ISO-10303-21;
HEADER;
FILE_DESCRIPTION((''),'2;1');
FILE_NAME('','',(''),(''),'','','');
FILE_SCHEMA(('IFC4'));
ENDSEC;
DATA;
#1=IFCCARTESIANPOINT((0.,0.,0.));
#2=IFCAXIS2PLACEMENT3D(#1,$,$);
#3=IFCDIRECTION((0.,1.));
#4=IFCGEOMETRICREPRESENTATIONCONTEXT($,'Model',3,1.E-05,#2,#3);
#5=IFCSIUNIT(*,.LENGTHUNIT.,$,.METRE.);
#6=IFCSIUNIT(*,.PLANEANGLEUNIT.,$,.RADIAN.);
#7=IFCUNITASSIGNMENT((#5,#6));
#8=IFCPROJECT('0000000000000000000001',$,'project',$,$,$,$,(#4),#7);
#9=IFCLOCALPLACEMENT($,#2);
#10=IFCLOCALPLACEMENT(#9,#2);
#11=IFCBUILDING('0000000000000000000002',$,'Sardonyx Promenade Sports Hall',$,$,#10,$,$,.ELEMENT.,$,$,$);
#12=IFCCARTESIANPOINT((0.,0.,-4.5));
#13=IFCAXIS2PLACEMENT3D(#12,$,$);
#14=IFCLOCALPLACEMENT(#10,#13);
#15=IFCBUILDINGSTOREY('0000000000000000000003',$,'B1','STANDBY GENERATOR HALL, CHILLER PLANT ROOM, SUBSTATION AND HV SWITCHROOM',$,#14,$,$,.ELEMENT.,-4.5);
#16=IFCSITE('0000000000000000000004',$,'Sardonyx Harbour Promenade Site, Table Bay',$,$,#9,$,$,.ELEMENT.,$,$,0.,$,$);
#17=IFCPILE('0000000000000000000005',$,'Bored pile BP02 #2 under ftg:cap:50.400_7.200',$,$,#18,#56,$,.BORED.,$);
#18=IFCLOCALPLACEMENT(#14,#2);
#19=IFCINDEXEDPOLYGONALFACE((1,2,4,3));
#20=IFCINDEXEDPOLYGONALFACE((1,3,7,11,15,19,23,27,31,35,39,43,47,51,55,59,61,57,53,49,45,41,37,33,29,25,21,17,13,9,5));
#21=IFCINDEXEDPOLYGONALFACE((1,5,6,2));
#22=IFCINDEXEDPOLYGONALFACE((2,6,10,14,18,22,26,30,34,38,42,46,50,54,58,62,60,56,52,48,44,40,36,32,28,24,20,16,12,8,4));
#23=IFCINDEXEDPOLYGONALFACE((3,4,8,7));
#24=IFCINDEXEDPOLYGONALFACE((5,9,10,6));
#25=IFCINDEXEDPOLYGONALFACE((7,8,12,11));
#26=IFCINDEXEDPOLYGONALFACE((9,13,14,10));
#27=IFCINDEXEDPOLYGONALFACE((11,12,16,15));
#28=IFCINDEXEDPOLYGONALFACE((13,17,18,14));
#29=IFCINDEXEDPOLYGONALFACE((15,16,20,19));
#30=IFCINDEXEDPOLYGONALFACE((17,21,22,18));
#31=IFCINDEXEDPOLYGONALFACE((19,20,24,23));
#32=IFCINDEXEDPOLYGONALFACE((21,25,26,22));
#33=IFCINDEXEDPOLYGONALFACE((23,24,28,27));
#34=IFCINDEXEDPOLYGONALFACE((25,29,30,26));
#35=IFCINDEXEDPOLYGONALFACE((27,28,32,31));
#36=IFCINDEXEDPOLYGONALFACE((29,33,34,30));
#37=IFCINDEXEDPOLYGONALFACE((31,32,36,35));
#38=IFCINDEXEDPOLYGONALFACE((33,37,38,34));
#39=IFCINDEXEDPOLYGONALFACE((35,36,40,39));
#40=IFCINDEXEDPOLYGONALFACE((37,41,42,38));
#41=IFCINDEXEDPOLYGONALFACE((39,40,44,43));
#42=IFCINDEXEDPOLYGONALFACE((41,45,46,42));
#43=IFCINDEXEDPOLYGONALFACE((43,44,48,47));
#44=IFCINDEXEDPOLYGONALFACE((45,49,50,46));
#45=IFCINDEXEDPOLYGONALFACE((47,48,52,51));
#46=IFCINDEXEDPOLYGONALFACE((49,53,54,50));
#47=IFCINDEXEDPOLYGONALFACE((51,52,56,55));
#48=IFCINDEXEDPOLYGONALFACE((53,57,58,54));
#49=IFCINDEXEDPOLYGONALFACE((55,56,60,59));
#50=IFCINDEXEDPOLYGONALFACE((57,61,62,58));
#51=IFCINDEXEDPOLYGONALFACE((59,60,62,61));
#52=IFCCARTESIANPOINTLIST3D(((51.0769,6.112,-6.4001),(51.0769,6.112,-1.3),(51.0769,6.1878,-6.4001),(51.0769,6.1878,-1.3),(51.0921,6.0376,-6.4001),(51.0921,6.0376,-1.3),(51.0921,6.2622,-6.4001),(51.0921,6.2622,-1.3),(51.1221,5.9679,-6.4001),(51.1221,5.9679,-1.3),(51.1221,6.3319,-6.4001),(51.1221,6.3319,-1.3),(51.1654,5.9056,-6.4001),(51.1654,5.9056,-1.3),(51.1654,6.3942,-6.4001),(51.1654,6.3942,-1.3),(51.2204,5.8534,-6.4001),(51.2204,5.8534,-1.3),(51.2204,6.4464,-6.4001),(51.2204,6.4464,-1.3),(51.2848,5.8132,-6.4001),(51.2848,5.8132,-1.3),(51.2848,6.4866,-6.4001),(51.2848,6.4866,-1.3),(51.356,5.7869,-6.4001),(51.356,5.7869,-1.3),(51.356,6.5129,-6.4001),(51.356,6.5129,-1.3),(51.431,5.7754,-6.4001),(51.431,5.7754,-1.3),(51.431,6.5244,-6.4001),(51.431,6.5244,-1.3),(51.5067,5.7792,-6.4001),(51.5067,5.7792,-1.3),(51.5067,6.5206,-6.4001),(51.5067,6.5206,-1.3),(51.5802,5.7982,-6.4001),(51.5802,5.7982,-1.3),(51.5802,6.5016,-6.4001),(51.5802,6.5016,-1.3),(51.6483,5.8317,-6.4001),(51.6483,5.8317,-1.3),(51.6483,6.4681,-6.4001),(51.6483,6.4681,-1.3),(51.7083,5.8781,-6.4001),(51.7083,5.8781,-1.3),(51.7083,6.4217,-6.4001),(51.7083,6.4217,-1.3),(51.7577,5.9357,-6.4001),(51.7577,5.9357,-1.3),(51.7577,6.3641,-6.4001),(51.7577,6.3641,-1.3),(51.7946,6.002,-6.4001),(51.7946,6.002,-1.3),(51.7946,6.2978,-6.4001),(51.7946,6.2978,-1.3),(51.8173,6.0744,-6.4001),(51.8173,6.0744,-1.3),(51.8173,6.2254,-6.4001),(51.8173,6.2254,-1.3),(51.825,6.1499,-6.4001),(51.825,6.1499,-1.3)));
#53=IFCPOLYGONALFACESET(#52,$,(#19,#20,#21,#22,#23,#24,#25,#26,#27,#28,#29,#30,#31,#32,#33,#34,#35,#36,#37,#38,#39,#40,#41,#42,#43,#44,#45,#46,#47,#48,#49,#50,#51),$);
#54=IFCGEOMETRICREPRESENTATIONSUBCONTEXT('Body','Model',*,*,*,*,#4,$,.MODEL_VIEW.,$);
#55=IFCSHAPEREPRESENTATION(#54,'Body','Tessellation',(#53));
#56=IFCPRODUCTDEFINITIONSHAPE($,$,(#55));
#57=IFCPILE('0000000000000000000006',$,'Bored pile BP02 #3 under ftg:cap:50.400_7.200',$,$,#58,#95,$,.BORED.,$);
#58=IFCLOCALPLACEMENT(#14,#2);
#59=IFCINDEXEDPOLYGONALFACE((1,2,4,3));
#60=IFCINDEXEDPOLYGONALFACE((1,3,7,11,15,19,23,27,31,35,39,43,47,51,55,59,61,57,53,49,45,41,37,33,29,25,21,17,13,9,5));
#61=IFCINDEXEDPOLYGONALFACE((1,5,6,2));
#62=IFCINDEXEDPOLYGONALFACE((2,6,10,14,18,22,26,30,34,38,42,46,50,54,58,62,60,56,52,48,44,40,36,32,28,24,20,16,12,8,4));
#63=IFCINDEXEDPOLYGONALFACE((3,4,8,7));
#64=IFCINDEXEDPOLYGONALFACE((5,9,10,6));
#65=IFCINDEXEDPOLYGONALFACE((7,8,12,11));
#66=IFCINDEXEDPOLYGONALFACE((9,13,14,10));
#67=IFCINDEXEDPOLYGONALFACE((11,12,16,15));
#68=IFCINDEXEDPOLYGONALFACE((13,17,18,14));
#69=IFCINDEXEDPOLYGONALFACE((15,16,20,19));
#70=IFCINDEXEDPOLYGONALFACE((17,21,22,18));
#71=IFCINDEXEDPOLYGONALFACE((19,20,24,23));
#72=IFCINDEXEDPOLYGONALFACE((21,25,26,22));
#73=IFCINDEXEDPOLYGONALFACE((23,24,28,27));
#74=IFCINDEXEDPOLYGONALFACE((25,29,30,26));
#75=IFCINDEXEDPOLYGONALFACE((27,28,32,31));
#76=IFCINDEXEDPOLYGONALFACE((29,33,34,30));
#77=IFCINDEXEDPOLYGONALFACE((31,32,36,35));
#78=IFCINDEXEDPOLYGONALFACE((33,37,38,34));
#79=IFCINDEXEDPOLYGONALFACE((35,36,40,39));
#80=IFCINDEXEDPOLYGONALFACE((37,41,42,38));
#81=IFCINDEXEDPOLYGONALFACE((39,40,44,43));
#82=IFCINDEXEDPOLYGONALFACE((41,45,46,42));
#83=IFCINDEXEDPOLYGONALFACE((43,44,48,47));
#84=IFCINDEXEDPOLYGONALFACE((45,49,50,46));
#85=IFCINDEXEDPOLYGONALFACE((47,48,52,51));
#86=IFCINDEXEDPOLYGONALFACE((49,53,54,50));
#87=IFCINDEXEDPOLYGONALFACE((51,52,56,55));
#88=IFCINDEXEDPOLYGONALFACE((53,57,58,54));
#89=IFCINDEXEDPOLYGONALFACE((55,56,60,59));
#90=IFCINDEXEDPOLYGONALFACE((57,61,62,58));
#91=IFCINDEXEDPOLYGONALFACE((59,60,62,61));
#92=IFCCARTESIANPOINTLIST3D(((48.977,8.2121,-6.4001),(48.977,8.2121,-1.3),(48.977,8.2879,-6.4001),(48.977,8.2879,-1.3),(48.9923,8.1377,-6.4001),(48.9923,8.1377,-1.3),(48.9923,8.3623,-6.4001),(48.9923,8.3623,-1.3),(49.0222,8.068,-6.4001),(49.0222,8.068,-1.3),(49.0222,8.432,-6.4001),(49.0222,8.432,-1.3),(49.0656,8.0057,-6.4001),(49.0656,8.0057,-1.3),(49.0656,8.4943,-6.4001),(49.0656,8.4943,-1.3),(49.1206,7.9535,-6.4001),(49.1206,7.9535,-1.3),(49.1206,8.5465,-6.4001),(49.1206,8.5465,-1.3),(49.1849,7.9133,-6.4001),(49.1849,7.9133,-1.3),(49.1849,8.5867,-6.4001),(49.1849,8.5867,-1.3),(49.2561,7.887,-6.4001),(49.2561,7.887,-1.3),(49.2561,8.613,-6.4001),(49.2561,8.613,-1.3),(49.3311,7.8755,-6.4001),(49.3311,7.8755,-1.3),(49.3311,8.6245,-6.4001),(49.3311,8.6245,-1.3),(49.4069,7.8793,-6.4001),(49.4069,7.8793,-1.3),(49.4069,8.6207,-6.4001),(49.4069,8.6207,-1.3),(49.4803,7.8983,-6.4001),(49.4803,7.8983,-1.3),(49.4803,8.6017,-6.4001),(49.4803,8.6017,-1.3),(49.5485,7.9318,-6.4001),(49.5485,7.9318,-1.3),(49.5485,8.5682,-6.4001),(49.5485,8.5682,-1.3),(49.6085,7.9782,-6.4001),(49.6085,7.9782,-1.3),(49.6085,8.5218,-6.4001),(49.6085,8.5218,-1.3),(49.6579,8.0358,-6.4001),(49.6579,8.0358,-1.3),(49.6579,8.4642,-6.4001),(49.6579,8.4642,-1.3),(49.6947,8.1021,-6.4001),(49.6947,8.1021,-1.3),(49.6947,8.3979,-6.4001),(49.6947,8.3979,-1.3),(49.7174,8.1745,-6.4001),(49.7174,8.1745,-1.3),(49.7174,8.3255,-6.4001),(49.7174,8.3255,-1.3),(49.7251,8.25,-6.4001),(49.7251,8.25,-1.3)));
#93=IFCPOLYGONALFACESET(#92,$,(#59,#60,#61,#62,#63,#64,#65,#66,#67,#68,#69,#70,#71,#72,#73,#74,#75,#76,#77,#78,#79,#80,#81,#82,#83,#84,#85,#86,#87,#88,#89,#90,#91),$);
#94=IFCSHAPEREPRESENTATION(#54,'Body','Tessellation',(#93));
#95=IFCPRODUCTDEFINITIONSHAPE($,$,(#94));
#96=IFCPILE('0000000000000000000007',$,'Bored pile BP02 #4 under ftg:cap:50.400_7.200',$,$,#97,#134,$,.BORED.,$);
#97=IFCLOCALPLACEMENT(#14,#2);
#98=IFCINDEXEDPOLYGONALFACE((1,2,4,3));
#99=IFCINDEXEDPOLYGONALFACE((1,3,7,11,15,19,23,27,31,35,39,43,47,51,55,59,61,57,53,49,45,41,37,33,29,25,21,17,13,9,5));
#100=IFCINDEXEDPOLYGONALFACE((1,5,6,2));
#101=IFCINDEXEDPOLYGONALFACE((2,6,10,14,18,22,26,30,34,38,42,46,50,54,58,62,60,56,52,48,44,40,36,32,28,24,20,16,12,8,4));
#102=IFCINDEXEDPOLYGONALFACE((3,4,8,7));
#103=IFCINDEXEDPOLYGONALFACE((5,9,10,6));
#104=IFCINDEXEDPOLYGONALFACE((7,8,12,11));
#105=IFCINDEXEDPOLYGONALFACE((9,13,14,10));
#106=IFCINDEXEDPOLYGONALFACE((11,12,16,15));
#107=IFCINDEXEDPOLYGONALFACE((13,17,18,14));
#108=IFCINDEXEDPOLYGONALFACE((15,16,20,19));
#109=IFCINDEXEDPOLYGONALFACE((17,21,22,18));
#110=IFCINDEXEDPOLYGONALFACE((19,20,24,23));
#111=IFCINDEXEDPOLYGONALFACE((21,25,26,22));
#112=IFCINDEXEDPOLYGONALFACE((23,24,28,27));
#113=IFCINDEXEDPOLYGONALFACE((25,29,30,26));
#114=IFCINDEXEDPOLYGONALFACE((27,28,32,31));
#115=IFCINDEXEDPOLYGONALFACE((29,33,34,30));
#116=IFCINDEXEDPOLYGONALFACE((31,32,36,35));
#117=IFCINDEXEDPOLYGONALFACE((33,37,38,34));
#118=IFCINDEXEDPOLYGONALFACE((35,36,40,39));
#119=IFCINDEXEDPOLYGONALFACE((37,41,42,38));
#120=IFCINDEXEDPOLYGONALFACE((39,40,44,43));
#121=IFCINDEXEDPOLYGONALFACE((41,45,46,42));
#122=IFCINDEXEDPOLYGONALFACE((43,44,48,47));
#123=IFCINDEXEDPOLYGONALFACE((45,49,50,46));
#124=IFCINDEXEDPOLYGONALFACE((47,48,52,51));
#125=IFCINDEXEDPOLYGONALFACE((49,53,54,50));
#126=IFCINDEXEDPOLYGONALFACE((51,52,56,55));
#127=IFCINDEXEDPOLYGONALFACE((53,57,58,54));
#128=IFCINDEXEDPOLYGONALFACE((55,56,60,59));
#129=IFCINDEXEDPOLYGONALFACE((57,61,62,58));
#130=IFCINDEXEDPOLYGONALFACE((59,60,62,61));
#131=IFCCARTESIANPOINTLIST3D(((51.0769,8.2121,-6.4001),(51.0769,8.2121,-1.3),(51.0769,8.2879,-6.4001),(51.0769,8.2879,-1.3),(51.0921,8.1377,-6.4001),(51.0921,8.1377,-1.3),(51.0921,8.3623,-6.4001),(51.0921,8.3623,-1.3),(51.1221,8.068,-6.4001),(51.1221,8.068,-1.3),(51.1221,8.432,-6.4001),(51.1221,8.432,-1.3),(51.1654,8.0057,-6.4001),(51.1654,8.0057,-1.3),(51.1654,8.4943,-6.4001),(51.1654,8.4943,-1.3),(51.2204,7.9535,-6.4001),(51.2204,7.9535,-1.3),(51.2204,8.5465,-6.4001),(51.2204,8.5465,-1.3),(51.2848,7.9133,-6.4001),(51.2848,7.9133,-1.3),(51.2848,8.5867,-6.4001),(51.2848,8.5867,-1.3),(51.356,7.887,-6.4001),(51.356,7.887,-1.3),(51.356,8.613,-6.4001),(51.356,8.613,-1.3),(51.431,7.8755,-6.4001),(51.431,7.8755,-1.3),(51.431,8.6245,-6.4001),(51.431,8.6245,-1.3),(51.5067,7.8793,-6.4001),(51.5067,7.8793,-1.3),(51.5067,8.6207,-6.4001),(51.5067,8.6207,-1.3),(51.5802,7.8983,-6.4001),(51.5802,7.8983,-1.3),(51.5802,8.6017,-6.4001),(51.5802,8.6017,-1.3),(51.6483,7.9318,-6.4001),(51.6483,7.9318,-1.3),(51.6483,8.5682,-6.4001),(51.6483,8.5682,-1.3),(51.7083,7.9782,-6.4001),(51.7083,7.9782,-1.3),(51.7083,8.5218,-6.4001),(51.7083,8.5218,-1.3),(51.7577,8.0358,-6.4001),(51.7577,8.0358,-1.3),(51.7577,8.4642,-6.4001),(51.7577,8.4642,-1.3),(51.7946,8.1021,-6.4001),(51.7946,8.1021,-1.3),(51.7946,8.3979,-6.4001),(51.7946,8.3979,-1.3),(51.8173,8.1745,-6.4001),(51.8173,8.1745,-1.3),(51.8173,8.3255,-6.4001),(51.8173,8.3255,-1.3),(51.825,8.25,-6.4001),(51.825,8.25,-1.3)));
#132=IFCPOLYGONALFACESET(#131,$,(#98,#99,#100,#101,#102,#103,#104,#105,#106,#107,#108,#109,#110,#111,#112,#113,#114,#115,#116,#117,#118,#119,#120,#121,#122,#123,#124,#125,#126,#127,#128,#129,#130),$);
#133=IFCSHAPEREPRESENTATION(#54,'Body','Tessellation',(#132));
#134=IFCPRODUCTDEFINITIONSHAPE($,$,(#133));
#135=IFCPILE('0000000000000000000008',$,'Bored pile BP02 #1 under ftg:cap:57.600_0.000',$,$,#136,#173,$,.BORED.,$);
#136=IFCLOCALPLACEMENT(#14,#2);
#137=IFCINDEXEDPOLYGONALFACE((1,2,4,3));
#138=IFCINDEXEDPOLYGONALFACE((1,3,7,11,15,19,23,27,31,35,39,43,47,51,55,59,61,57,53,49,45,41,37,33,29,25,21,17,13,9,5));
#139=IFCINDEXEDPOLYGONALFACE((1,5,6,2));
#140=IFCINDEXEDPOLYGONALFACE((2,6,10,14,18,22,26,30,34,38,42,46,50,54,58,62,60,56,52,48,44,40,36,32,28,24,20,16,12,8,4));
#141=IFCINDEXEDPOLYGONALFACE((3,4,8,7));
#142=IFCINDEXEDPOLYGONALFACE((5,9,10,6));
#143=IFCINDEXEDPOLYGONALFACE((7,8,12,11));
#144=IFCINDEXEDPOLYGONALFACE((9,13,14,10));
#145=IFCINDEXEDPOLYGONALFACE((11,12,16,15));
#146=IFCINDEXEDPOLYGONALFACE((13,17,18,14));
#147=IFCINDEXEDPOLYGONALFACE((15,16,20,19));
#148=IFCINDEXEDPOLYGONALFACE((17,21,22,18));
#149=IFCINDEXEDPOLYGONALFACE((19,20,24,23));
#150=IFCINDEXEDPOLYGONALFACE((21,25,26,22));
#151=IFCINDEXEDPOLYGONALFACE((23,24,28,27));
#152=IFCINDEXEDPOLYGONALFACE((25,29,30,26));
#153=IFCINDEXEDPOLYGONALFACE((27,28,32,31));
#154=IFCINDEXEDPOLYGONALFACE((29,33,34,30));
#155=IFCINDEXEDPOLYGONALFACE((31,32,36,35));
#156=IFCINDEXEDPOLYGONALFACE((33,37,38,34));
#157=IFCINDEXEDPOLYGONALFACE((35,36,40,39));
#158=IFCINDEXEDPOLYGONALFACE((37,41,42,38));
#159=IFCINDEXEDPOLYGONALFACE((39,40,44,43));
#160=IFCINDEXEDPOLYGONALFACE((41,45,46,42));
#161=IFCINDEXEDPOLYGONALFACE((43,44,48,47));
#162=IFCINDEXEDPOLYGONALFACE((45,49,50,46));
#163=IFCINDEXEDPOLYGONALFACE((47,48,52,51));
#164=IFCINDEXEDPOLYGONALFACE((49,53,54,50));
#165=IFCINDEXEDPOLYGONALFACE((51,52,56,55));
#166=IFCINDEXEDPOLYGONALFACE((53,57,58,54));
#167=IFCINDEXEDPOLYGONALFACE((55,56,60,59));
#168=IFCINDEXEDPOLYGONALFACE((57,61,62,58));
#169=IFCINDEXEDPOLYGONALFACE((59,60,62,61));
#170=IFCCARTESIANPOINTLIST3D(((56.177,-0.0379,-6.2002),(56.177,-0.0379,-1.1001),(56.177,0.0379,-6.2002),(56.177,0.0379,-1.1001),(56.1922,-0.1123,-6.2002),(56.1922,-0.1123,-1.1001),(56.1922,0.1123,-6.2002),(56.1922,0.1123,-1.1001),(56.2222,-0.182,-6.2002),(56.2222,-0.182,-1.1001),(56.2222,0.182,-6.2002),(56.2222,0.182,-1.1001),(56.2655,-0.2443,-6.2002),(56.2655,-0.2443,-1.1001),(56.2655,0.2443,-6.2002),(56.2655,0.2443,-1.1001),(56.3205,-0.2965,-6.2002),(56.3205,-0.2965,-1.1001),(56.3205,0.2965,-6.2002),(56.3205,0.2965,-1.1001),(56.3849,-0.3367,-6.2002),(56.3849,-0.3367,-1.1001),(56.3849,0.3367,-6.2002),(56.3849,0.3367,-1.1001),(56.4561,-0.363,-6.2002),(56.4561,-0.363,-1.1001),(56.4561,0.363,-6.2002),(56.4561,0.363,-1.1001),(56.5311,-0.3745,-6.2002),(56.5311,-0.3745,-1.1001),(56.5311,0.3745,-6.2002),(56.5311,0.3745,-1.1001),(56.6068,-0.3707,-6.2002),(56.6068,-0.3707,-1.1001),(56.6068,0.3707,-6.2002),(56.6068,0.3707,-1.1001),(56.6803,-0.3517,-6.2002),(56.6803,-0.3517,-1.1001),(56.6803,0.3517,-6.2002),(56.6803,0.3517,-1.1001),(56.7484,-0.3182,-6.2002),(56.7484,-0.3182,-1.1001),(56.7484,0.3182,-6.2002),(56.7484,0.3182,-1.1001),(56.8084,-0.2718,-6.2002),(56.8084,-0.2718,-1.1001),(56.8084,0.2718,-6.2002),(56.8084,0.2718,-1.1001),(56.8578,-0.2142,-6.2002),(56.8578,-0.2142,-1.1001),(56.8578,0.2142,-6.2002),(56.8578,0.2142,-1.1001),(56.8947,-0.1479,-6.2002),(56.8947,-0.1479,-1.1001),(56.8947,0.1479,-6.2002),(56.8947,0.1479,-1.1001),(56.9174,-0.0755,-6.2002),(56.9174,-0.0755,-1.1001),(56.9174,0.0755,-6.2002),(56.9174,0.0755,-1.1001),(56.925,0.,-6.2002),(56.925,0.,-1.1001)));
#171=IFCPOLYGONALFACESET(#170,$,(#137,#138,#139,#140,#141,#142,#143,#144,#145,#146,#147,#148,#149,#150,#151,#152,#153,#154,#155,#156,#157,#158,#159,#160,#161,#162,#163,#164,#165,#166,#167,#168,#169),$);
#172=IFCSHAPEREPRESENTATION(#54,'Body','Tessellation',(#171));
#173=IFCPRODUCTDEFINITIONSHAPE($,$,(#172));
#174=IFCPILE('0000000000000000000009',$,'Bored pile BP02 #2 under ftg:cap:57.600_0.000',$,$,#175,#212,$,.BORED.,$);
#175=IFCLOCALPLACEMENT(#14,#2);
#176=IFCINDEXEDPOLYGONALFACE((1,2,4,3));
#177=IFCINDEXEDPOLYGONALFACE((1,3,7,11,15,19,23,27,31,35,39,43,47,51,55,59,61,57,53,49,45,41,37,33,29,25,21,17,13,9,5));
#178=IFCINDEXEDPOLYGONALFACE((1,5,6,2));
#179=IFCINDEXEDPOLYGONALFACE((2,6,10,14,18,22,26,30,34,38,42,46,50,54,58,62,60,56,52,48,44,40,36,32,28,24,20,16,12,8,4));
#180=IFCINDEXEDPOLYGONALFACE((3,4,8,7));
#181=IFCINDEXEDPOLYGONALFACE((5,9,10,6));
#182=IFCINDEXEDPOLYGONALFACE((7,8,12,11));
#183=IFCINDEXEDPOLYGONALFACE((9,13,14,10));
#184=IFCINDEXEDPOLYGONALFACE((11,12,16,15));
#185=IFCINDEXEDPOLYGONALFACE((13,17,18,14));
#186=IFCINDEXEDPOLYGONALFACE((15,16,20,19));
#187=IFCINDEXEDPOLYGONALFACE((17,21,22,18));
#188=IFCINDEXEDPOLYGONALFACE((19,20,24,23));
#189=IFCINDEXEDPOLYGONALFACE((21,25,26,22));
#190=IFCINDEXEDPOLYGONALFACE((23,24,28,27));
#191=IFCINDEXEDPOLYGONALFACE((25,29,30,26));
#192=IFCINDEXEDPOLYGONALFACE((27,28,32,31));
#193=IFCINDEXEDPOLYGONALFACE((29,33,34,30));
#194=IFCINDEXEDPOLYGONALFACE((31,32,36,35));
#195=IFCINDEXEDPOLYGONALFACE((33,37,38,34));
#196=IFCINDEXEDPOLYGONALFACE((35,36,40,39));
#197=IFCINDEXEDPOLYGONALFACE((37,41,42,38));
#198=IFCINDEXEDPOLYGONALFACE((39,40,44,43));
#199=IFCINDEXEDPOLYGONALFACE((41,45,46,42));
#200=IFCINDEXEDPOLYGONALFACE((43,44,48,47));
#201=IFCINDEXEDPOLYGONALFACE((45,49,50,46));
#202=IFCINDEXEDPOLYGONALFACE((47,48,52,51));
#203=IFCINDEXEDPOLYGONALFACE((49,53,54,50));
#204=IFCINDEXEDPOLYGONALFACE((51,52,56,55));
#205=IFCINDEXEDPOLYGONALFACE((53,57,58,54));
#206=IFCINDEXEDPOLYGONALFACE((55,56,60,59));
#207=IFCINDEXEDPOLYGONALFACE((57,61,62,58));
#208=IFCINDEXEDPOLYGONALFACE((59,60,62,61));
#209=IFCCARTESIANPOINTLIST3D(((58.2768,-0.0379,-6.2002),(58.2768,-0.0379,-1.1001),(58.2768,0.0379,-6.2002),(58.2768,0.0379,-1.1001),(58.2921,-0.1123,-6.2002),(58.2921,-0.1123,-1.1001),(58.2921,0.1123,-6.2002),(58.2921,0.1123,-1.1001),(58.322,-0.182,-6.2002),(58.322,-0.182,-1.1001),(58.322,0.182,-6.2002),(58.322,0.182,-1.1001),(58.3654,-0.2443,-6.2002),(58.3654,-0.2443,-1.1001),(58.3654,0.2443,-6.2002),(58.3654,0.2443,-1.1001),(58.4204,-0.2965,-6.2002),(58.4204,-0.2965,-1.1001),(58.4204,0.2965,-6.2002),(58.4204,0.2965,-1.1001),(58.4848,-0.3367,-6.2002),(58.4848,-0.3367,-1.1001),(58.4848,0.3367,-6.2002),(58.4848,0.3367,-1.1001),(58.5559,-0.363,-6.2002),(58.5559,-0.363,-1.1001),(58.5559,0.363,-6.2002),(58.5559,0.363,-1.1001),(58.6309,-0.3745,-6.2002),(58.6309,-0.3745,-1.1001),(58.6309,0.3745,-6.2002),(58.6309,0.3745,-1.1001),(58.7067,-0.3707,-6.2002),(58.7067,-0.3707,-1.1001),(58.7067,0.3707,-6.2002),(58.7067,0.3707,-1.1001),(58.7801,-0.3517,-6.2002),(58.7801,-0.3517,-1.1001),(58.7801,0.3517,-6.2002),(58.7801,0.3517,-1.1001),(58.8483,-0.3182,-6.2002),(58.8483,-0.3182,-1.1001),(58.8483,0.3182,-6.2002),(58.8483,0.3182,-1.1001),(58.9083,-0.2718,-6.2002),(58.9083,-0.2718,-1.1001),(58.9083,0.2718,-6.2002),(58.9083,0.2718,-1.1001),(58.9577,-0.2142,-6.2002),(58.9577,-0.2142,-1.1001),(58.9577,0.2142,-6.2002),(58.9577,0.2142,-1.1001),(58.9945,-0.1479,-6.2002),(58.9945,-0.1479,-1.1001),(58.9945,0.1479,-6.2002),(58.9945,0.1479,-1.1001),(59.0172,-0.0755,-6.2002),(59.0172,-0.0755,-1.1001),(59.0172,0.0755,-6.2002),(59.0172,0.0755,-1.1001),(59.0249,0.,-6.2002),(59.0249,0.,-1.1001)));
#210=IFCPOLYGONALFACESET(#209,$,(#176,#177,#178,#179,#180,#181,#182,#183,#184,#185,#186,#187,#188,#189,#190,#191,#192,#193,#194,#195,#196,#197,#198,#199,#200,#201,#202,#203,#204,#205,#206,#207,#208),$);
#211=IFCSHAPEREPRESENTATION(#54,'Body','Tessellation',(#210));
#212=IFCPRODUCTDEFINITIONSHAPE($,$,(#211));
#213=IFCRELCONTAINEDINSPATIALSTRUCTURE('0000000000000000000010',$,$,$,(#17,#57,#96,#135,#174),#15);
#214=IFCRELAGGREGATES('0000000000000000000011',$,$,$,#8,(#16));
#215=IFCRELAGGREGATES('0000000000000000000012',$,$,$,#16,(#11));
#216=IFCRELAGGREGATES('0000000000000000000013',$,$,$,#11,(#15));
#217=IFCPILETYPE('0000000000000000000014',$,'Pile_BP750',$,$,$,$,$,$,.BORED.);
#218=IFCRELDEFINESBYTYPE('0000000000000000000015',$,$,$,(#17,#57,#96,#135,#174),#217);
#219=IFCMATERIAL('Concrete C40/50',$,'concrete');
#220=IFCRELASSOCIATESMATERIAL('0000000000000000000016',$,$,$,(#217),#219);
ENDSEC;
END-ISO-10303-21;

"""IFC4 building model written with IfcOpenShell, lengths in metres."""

from ifc_helpers import new_model, si_unit, direction, frame, origin, origin_2d, place, context, subcontext, project, spatial, circle, extrude, material, material_profile, profile_set, type_object, element, save


model = new_model("IFC4")

# Units and contexts
model_context = context("Model", 3, precision=1e-05, world=origin(), true_north=direction((0.0, 1.0)))
body_context = subcontext(model_context, "Body", "Model", "MODEL_VIEW")
ifc_project = project(units=[si_unit("LENGTHUNIT", "METRE"), si_unit("PLANEANGLEUNIT", "RADIAN")], contexts=[model_context])

# Site, building, storey
site_placement = place(None, origin())
site = spatial("IfcSite", under=ifc_project, at=site_placement, Name="Sardonyx Harbour Promenade Site, Table Bay", CompositionType="ELEMENT", RefElevation=0.0)
building_placement = place(site_placement, origin())
building = spatial("IfcBuilding", under=site, at=building_placement, Name="Sardonyx Promenade Sports Hall", CompositionType="ELEMENT")
storey_placement = place(building_placement, frame((0.0, 0.0, -4.5)))
storey = spatial("IfcBuildingStorey", under=building, at=storey_placement, Name="B1", Description="STANDBY GENERATOR HALL, CHILLER PLANT ROOM, SUBSTATION AND HV SWITCHROOM", CompositionType="ELEMENT", Elevation=-4.5)

# Piles
ifc_material_1 = material(Name="Concrete C40/50", Category="concrete")
ifc_material_profile_1 = material_profile(ifc_material_1, circle(Radius=0.375, at=origin_2d()))
ifc_profile_set_1 = profile_set([ifc_material_profile_1], Name="Concrete C40/50")
pile_type_1 = type_object("IfcPileType", Name="Pile_BP750", PredefinedType="BORED", material=ifc_profile_set_1)
for number, where, z_axis, x_axis, name in (
    (1, (51.45, 6.1499, -1.3), (0.0, 0.0, -1.0), (1.0, 0.0, 0.0), "Bored pile BP02 #2 under ftg:cap:50.400_7.200"),
    (2, (49.3501, 8.25, -1.3), (0.0, 0.0, -1.0), (1.0, 0.0, 0.0), "Bored pile BP02 #3 under ftg:cap:50.400_7.200"),
    (3, (51.45, 8.25, -1.3), (0.0, 0.0, -1.0), (1.0, 0.0, 0.0), "Bored pile BP02 #4 under ftg:cap:50.400_7.200"),
    (4, (56.55, 0.0, -1.1001), (0.0, 0.0, -1.0), (1.0, 0.0, 0.0), "Bored pile BP02 #1 under ftg:cap:57.600_0.000"),
    (5, (58.6499, 0.0, -1.1001), (0.0, 0.0, -1.0), (1.0, 0.0, 0.0), "Bored pile BP02 #2 under ftg:cap:57.600_0.000"),
):
    element("IfcPile", number, at=place(storey_placement, frame(where, z_axis=z_axis, x_axis=x_axis)), inside=storey, type_object=pile_type_1, Name=name, PredefinedType="BORED", context=body_context, shape_type="SweptSolid", body=[
        extrude(circle(Radius=0.375, at=origin_2d()), origin(), (0.0, 0.0, 1.0), 5.1001),
    ])

save(model, "model.ifc")
